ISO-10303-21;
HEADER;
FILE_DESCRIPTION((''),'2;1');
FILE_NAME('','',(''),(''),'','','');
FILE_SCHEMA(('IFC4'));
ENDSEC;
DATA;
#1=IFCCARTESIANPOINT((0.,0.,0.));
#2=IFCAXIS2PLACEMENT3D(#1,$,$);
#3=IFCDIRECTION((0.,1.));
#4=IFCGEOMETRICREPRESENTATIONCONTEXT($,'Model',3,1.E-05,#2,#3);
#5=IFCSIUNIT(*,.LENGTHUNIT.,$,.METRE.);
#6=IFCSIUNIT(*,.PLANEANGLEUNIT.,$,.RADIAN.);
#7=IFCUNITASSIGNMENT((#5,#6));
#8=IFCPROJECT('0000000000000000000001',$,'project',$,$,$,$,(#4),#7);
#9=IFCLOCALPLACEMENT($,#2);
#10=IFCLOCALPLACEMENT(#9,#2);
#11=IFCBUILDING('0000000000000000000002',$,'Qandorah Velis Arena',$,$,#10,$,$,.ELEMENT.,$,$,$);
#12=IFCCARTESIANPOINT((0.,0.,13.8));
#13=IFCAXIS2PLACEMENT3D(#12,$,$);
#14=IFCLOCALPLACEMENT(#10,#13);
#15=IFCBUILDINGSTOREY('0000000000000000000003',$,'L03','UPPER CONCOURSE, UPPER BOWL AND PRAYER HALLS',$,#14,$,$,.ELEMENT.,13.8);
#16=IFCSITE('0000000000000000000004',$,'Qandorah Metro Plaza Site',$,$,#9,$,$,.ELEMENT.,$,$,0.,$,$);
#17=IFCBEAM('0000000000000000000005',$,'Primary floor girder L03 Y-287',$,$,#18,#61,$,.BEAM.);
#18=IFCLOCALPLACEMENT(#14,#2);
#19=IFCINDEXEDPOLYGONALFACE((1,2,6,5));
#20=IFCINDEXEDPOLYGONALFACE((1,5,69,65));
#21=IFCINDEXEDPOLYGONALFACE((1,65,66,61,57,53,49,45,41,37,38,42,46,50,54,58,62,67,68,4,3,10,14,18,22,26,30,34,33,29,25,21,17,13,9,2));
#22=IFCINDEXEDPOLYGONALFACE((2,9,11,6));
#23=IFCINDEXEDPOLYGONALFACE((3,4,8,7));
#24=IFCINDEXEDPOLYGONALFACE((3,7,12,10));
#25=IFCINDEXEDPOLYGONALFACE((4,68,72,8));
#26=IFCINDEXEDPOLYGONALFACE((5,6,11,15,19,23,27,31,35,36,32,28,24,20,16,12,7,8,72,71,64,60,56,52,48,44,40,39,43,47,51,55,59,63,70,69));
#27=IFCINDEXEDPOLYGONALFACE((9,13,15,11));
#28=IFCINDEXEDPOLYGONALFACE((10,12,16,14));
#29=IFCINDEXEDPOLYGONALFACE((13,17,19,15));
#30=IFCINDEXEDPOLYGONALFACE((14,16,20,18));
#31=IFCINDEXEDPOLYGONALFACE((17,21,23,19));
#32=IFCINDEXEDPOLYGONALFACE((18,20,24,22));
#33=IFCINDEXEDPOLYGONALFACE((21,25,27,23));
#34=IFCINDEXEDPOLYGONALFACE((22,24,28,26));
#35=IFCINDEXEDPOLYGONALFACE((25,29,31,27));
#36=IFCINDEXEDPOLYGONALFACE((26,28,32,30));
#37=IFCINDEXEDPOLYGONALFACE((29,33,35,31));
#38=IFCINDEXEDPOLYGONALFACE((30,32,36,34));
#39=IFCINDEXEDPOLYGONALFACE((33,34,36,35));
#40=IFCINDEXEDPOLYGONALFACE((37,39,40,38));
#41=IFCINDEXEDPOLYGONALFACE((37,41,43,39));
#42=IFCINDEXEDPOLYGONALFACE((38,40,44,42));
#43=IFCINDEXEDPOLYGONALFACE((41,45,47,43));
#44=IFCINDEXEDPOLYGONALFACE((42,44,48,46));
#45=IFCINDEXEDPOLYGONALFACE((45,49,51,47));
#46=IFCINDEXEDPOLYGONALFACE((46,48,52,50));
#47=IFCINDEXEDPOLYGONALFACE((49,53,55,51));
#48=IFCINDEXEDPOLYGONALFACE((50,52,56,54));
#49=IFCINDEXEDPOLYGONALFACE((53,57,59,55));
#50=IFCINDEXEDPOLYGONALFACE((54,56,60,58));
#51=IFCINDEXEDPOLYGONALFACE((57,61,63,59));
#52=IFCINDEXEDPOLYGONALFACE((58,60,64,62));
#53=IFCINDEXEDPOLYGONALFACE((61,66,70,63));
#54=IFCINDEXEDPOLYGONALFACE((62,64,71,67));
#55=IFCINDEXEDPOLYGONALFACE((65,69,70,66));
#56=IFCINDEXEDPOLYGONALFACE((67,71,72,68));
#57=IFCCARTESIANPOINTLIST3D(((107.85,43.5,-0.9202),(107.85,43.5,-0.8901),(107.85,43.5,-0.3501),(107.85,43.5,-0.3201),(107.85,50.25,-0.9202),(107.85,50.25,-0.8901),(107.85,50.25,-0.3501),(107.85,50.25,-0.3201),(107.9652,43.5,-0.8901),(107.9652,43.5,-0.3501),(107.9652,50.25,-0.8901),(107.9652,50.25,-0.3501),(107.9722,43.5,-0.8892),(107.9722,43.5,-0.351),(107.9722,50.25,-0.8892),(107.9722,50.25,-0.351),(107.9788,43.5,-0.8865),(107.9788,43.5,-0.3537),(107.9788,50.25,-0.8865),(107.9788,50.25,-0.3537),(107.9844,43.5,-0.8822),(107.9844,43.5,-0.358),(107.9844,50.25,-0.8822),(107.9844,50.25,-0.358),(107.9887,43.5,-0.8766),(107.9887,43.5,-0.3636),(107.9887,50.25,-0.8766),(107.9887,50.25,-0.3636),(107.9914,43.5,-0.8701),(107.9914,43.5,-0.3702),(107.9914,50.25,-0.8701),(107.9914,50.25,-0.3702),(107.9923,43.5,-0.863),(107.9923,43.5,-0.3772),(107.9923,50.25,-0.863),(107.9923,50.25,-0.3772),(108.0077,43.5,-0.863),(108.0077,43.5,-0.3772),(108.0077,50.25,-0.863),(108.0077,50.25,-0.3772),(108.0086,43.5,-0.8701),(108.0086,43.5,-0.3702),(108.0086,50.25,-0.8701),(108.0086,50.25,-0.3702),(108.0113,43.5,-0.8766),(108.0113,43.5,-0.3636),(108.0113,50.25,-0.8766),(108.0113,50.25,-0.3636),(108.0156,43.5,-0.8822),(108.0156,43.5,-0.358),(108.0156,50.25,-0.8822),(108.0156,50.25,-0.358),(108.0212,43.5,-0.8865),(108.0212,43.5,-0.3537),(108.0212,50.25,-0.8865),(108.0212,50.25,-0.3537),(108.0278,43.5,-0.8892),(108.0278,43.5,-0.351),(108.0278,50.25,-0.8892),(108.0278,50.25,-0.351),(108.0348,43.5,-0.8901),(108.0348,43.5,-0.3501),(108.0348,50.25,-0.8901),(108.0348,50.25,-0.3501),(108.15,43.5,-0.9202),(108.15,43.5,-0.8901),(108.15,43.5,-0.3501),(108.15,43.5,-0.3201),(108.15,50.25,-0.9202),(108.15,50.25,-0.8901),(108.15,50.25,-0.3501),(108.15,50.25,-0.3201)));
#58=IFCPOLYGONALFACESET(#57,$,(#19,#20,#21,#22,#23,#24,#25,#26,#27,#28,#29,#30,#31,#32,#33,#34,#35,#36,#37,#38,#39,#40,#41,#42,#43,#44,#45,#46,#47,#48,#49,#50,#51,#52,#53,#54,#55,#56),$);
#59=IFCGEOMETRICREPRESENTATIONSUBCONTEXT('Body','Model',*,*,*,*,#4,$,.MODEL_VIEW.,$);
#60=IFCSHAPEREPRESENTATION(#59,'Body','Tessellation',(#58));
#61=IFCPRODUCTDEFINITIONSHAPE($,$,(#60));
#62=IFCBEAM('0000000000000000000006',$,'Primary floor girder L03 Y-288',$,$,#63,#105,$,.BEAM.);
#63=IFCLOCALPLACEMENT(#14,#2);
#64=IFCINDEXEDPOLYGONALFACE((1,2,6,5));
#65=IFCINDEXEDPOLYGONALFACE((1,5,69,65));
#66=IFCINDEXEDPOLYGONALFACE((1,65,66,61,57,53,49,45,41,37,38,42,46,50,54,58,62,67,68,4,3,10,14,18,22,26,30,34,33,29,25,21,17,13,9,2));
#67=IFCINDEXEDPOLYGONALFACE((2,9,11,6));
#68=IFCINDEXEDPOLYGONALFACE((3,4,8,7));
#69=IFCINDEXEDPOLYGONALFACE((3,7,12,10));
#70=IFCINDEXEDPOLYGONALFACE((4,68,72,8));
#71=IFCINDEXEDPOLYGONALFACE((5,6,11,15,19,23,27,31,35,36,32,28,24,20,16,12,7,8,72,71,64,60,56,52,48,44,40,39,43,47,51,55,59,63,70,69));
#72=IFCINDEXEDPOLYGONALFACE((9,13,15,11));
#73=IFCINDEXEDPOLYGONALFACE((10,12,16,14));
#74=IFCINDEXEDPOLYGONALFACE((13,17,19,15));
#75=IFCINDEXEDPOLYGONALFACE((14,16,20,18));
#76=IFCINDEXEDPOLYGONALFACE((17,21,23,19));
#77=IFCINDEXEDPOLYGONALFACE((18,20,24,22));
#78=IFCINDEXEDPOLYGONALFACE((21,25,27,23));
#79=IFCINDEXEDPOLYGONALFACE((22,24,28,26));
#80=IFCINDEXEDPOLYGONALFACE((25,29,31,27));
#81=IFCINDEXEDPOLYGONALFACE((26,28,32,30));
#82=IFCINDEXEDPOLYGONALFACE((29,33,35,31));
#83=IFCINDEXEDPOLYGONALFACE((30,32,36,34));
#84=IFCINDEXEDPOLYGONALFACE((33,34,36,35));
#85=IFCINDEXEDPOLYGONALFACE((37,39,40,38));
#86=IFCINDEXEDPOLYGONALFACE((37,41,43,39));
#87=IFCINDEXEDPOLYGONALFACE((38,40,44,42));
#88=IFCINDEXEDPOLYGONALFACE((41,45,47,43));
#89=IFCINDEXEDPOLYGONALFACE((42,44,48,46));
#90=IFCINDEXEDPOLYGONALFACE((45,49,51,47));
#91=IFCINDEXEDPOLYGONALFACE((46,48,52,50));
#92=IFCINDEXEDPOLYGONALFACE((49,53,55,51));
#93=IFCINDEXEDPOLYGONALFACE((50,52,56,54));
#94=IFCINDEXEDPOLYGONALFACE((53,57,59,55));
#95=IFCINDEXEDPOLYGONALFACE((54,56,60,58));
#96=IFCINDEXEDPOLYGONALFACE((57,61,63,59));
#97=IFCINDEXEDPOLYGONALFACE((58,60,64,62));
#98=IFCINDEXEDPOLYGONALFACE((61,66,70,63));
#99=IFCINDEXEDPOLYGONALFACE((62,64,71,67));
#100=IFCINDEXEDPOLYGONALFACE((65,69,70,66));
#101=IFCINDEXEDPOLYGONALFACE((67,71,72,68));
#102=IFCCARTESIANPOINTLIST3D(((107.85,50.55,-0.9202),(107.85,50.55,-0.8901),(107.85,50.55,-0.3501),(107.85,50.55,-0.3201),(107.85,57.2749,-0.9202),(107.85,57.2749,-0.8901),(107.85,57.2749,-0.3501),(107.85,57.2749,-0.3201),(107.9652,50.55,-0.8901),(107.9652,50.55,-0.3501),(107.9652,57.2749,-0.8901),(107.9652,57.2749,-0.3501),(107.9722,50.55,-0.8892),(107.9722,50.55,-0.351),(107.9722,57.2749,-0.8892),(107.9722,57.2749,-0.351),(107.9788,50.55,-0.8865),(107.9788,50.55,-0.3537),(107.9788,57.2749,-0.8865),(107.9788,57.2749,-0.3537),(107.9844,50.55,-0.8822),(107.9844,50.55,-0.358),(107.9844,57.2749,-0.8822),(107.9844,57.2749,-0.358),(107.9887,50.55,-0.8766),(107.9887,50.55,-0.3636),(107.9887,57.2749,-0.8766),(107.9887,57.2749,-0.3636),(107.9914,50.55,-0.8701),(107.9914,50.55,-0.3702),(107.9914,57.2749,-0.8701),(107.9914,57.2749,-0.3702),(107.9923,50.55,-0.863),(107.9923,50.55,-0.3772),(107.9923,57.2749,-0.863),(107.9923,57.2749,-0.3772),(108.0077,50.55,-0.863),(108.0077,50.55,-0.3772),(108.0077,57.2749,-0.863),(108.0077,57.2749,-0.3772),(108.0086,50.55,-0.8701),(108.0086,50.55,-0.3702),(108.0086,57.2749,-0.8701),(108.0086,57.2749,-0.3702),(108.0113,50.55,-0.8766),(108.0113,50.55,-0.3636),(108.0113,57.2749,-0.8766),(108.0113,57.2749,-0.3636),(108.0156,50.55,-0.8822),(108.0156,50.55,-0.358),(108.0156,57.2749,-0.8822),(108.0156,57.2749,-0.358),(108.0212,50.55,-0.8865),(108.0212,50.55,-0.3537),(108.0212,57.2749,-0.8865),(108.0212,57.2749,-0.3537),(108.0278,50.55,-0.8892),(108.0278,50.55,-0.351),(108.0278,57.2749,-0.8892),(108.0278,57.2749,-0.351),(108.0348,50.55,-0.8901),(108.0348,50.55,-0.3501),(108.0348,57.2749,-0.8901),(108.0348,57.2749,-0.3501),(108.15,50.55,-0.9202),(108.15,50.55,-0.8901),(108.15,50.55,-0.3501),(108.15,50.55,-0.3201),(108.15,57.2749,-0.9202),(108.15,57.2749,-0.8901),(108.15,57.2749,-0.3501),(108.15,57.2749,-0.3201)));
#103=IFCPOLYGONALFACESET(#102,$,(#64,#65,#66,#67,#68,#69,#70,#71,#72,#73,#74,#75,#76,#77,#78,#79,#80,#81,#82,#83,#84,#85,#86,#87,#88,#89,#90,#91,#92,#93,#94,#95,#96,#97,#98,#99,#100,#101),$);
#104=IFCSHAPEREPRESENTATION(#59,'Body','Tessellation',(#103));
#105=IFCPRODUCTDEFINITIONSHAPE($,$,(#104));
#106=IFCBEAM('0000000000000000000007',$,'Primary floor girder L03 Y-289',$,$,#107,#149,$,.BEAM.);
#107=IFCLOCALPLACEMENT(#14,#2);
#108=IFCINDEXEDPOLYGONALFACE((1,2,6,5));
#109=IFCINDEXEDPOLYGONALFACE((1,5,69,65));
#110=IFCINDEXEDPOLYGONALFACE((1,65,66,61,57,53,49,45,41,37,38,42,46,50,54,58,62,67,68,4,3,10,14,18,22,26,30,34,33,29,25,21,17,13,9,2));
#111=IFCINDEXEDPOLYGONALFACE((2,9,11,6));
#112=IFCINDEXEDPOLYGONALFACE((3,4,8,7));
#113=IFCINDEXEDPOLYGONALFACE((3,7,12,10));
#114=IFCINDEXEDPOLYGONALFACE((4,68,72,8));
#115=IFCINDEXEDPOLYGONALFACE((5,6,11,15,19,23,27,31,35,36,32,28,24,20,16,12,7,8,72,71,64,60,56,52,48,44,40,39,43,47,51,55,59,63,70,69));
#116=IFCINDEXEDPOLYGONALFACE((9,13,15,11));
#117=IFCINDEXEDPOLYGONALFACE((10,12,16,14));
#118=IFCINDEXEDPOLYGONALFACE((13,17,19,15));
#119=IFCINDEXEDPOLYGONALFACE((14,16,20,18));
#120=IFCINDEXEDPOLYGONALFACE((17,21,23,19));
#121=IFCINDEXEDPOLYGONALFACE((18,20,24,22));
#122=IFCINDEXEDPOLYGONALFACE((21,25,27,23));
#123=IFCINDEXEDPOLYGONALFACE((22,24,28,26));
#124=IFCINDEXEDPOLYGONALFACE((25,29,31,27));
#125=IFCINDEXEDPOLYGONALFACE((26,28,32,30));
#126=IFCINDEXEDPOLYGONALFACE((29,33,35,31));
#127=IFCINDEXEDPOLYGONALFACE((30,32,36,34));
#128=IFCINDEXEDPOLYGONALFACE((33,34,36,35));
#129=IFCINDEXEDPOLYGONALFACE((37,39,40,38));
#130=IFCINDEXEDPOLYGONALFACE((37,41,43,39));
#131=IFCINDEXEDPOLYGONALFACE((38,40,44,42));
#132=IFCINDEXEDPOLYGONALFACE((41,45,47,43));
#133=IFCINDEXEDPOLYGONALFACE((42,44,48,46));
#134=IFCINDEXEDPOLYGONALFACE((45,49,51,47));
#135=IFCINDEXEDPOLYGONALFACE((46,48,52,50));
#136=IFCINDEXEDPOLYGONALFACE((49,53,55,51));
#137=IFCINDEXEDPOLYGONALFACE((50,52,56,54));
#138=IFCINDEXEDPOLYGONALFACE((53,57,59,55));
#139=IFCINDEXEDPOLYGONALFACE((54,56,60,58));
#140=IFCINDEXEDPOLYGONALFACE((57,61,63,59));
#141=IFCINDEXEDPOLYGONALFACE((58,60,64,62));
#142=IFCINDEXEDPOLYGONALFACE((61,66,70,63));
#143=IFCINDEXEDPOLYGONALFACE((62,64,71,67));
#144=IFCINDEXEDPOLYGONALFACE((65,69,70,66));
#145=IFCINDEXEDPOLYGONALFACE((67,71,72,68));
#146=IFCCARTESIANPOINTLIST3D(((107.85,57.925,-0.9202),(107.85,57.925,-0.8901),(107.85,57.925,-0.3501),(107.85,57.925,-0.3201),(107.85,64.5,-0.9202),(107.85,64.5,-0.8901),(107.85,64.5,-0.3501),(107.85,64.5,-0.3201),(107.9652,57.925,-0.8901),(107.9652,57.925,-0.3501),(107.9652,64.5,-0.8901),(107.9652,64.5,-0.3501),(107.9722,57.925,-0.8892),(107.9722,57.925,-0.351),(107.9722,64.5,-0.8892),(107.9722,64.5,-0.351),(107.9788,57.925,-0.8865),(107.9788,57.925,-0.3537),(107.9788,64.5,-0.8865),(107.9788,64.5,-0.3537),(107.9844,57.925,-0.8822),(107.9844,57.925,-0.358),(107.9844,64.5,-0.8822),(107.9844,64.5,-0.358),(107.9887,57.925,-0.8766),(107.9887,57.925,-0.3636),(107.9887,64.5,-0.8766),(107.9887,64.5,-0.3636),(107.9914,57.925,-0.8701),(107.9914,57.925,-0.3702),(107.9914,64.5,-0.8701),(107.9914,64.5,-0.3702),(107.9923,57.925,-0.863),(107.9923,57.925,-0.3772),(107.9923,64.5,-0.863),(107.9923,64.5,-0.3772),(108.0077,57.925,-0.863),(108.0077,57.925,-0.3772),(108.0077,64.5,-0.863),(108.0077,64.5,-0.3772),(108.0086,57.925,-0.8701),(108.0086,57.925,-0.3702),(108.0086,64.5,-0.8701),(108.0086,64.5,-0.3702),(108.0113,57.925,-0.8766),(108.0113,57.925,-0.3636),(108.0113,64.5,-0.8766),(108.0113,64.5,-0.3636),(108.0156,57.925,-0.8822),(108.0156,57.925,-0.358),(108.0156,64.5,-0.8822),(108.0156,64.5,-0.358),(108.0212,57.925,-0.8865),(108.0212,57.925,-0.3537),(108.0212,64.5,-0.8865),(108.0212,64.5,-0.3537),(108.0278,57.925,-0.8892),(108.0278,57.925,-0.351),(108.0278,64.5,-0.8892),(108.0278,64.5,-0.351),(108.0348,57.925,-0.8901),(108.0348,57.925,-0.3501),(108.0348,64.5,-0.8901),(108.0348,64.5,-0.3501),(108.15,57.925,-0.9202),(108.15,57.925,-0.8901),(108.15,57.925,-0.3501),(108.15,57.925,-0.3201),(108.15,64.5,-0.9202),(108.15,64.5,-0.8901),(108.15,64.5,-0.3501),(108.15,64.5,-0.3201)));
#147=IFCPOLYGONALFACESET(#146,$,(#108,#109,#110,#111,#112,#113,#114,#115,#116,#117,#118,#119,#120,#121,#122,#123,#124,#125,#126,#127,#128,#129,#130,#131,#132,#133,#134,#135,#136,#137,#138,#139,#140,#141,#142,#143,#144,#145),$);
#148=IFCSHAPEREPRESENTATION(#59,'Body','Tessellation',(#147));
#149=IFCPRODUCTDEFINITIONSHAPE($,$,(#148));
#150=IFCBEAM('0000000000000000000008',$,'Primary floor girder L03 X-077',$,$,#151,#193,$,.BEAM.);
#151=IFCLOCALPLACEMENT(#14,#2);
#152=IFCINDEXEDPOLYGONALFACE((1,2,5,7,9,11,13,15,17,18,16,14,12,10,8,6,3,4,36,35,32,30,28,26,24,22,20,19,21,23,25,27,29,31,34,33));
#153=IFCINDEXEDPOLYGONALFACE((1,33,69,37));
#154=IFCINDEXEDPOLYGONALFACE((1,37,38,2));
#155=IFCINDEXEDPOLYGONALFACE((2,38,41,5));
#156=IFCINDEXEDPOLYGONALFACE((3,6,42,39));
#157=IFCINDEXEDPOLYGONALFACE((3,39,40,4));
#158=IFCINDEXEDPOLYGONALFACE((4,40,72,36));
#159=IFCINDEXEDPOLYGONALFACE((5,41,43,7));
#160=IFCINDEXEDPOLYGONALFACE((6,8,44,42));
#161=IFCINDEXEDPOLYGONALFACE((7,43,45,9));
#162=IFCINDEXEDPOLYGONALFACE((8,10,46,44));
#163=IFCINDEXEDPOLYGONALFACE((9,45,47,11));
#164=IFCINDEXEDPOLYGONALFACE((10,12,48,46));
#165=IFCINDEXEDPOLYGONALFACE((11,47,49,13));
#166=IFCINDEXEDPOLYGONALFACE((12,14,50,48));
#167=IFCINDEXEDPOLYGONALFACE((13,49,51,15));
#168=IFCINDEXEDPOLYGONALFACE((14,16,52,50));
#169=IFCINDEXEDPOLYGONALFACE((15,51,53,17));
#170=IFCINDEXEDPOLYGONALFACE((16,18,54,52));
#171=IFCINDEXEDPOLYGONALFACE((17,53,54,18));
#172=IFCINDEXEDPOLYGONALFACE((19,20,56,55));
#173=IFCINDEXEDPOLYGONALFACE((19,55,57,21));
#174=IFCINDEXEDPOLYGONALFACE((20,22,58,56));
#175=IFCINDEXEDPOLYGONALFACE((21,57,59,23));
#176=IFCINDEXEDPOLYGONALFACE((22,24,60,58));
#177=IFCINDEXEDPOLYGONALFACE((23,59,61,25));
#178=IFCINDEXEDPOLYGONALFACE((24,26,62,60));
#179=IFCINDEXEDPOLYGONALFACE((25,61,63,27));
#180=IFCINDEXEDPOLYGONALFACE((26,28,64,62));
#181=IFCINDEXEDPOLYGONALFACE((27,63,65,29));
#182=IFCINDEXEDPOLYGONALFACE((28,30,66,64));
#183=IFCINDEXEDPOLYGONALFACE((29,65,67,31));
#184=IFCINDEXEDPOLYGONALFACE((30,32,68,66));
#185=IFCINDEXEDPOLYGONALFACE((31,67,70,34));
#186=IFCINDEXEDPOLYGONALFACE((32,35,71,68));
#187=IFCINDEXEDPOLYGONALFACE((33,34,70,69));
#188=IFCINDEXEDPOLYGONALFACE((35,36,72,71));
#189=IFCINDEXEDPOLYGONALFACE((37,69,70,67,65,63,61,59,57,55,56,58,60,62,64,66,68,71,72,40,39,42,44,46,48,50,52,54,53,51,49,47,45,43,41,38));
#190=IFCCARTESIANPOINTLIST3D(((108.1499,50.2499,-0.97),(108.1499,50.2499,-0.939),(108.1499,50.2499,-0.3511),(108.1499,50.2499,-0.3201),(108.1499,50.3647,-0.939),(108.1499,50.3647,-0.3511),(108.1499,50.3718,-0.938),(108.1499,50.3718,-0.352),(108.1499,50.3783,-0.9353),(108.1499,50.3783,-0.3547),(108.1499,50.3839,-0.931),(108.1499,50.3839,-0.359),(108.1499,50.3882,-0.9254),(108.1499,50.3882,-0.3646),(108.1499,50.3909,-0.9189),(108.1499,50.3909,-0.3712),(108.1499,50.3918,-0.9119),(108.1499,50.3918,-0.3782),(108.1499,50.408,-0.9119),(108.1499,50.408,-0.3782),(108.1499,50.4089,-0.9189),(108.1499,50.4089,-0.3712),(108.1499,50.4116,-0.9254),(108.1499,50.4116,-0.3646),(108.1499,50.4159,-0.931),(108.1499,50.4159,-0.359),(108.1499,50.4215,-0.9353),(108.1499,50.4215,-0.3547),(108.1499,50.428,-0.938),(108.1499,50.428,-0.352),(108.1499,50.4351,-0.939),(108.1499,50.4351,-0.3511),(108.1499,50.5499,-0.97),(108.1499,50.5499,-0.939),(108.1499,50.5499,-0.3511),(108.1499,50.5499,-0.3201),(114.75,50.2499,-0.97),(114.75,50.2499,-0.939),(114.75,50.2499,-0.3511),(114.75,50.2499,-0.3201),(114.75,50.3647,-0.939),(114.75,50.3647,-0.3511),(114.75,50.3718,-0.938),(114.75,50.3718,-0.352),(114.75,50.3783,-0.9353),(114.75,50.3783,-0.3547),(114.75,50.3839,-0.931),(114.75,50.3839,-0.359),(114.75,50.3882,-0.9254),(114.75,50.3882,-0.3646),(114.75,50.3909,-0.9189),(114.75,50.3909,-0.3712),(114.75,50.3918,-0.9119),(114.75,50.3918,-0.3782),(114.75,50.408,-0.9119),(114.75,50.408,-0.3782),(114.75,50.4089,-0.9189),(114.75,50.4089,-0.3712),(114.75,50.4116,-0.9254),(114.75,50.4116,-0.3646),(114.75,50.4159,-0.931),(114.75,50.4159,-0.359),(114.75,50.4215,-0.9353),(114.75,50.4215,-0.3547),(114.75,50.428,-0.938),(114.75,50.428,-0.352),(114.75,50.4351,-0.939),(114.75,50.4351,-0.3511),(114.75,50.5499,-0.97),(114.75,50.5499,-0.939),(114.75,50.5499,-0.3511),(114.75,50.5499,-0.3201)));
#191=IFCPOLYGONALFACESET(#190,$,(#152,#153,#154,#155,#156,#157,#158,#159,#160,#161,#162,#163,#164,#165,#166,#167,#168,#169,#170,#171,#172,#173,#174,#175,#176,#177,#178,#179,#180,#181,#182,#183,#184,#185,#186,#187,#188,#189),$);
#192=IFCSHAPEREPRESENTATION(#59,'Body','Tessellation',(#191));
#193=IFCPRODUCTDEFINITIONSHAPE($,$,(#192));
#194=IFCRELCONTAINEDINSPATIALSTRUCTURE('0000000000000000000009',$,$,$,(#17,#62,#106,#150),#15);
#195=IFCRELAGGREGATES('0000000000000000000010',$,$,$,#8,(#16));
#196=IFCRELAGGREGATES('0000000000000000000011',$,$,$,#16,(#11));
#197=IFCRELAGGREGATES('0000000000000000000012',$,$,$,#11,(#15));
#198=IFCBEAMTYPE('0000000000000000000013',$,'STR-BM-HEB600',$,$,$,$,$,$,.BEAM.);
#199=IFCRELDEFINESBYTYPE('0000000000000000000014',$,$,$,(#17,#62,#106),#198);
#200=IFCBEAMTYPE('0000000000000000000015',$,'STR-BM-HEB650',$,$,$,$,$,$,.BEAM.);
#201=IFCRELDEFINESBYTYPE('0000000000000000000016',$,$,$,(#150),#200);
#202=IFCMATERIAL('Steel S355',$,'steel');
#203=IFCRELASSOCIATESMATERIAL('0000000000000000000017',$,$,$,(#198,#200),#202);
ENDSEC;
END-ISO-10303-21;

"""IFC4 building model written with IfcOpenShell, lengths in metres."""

from ifc_helpers import new_model, si_unit, direction, frame, origin, origin_2d, place, context, subcontext, project, spatial, i_section, extrude, material, material_profile, profile_set, type_object, element, save


model = new_model("IFC4")

# Units and contexts
model_context = context("Model", 3, precision=1e-05, world=origin(), true_north=direction((0.0, 1.0)))
body_context = subcontext(model_context, "Body", "Model", "MODEL_VIEW")
ifc_project = project(units=[si_unit("LENGTHUNIT", "METRE"), si_unit("PLANEANGLEUNIT", "RADIAN")], contexts=[model_context])

# Site, building, storey
site_placement = place(None, origin())
site = spatial("IfcSite", under=ifc_project, at=site_placement, Name="Qandorah Metro Plaza Site", CompositionType="ELEMENT", RefElevation=0.0)
building_placement = place(site_placement, origin())
building = spatial("IfcBuilding", under=site, at=building_placement, Name="Qandorah Velis Arena", CompositionType="ELEMENT")
storey_placement = place(building_placement, frame((0.0, 0.0, 13.8)))
storey = spatial("IfcBuildingStorey", under=building, at=storey_placement, Name="L03", Description="UPPER CONCOURSE, UPPER BOWL AND PRAYER HALLS", CompositionType="ELEMENT", Elevation=13.8)

# Beams
ifc_material_1 = material(Name="Steel S355", Category="steel")
ifc_material_profile_1 = material_profile(ifc_material_1, i_section(OverallWidth=0.3, OverallDepth=0.6001, WebThickness=0.0154, FlangeThickness=0.03, FilletRadius=0.0271, at=origin_2d()), Name="HEB 600")
ifc_profile_set_1 = profile_set([ifc_material_profile_1], Name="Steel S355")
beam_type_1 = type_object("IfcBeamType", Name="STR-BM-HEB600", PredefinedType="BEAM", material=ifc_profile_set_1)
beam_1_placement = place(storey_placement, frame((108.0, 43.5, -0.6201), z_axis=(0.0, 1.0, 0.0), x_axis=(-1.0, 0.0, 0.0)))
element("IfcBeam", 1, at=beam_1_placement, inside=storey, type_object=beam_type_1, Name="Primary floor girder L03 Y-287", PredefinedType="BEAM", context=body_context, shape_type="SweptSolid", body=[
    extrude(i_section(OverallWidth=0.3, OverallDepth=0.6001, WebThickness=0.0154, FlangeThickness=0.03, FilletRadius=0.0271, at=origin_2d()), origin(), (0.0, 0.0, 1.0), 6.75),
])
beam_2_placement = place(storey_placement, frame((108.0, 50.55, -0.6201), z_axis=(0.0, 1.0, 0.0), x_axis=(-1.0, 0.0, 0.0)))
element("IfcBeam", 2, at=beam_2_placement, inside=storey, type_object=beam_type_1, Name="Primary floor girder L03 Y-288", PredefinedType="BEAM", context=body_context, shape_type="SweptSolid", body=[
    extrude(i_section(OverallWidth=0.3, OverallDepth=0.6001, WebThickness=0.0154, FlangeThickness=0.03, FilletRadius=0.0271, at=origin_2d()), origin(), (0.0, 0.0, 1.0), 6.7249),
])
beam_3_placement = place(storey_placement, frame((108.0, 57.925, -0.6201), z_axis=(0.0, 1.0, 0.0), x_axis=(-1.0, 0.0, 0.0)))
element("IfcBeam", 3, at=beam_3_placement, inside=storey, type_object=beam_type_1, Name="Primary floor girder L03 Y-289", PredefinedType="BEAM", context=body_context, shape_type="SweptSolid", body=[
    extrude(i_section(OverallWidth=0.3, OverallDepth=0.6001, WebThickness=0.0154, FlangeThickness=0.03, FilletRadius=0.0271, at=origin_2d()), origin(), (0.0, 0.0, 1.0), 6.575),
])
ifc_material_profile_2 = material_profile(ifc_material_1, i_section(OverallWidth=0.3, OverallDepth=0.6499, WebThickness=0.0161, FlangeThickness=0.031, FilletRadius=0.0271, at=origin_2d()), Name="HEB 650")
ifc_profile_set_2 = profile_set([ifc_material_profile_2], Name="Steel S355")
beam_type_2 = type_object("IfcBeamType", Name="STR-BM-HEB650", PredefinedType="BEAM", material=ifc_profile_set_2)
beam_4_placement = place(storey_placement, frame((108.1499, 50.3999, -0.645), z_axis=(1.0, 0.0, 0.0), x_axis=(0.0, 1.0, 0.0)))
element("IfcBeam", 4, at=beam_4_placement, inside=storey, type_object=beam_type_2, Name="Primary floor girder L03 X-077", PredefinedType="BEAM", context=body_context, shape_type="SweptSolid", body=[
    extrude(i_section(OverallWidth=0.3, OverallDepth=0.6499, WebThickness=0.0161, FlangeThickness=0.031, FilletRadius=0.0271, at=origin_2d()), origin(), (0.0, 0.0, 1.0), 6.6001),
])

save(model, "model.ifc")
